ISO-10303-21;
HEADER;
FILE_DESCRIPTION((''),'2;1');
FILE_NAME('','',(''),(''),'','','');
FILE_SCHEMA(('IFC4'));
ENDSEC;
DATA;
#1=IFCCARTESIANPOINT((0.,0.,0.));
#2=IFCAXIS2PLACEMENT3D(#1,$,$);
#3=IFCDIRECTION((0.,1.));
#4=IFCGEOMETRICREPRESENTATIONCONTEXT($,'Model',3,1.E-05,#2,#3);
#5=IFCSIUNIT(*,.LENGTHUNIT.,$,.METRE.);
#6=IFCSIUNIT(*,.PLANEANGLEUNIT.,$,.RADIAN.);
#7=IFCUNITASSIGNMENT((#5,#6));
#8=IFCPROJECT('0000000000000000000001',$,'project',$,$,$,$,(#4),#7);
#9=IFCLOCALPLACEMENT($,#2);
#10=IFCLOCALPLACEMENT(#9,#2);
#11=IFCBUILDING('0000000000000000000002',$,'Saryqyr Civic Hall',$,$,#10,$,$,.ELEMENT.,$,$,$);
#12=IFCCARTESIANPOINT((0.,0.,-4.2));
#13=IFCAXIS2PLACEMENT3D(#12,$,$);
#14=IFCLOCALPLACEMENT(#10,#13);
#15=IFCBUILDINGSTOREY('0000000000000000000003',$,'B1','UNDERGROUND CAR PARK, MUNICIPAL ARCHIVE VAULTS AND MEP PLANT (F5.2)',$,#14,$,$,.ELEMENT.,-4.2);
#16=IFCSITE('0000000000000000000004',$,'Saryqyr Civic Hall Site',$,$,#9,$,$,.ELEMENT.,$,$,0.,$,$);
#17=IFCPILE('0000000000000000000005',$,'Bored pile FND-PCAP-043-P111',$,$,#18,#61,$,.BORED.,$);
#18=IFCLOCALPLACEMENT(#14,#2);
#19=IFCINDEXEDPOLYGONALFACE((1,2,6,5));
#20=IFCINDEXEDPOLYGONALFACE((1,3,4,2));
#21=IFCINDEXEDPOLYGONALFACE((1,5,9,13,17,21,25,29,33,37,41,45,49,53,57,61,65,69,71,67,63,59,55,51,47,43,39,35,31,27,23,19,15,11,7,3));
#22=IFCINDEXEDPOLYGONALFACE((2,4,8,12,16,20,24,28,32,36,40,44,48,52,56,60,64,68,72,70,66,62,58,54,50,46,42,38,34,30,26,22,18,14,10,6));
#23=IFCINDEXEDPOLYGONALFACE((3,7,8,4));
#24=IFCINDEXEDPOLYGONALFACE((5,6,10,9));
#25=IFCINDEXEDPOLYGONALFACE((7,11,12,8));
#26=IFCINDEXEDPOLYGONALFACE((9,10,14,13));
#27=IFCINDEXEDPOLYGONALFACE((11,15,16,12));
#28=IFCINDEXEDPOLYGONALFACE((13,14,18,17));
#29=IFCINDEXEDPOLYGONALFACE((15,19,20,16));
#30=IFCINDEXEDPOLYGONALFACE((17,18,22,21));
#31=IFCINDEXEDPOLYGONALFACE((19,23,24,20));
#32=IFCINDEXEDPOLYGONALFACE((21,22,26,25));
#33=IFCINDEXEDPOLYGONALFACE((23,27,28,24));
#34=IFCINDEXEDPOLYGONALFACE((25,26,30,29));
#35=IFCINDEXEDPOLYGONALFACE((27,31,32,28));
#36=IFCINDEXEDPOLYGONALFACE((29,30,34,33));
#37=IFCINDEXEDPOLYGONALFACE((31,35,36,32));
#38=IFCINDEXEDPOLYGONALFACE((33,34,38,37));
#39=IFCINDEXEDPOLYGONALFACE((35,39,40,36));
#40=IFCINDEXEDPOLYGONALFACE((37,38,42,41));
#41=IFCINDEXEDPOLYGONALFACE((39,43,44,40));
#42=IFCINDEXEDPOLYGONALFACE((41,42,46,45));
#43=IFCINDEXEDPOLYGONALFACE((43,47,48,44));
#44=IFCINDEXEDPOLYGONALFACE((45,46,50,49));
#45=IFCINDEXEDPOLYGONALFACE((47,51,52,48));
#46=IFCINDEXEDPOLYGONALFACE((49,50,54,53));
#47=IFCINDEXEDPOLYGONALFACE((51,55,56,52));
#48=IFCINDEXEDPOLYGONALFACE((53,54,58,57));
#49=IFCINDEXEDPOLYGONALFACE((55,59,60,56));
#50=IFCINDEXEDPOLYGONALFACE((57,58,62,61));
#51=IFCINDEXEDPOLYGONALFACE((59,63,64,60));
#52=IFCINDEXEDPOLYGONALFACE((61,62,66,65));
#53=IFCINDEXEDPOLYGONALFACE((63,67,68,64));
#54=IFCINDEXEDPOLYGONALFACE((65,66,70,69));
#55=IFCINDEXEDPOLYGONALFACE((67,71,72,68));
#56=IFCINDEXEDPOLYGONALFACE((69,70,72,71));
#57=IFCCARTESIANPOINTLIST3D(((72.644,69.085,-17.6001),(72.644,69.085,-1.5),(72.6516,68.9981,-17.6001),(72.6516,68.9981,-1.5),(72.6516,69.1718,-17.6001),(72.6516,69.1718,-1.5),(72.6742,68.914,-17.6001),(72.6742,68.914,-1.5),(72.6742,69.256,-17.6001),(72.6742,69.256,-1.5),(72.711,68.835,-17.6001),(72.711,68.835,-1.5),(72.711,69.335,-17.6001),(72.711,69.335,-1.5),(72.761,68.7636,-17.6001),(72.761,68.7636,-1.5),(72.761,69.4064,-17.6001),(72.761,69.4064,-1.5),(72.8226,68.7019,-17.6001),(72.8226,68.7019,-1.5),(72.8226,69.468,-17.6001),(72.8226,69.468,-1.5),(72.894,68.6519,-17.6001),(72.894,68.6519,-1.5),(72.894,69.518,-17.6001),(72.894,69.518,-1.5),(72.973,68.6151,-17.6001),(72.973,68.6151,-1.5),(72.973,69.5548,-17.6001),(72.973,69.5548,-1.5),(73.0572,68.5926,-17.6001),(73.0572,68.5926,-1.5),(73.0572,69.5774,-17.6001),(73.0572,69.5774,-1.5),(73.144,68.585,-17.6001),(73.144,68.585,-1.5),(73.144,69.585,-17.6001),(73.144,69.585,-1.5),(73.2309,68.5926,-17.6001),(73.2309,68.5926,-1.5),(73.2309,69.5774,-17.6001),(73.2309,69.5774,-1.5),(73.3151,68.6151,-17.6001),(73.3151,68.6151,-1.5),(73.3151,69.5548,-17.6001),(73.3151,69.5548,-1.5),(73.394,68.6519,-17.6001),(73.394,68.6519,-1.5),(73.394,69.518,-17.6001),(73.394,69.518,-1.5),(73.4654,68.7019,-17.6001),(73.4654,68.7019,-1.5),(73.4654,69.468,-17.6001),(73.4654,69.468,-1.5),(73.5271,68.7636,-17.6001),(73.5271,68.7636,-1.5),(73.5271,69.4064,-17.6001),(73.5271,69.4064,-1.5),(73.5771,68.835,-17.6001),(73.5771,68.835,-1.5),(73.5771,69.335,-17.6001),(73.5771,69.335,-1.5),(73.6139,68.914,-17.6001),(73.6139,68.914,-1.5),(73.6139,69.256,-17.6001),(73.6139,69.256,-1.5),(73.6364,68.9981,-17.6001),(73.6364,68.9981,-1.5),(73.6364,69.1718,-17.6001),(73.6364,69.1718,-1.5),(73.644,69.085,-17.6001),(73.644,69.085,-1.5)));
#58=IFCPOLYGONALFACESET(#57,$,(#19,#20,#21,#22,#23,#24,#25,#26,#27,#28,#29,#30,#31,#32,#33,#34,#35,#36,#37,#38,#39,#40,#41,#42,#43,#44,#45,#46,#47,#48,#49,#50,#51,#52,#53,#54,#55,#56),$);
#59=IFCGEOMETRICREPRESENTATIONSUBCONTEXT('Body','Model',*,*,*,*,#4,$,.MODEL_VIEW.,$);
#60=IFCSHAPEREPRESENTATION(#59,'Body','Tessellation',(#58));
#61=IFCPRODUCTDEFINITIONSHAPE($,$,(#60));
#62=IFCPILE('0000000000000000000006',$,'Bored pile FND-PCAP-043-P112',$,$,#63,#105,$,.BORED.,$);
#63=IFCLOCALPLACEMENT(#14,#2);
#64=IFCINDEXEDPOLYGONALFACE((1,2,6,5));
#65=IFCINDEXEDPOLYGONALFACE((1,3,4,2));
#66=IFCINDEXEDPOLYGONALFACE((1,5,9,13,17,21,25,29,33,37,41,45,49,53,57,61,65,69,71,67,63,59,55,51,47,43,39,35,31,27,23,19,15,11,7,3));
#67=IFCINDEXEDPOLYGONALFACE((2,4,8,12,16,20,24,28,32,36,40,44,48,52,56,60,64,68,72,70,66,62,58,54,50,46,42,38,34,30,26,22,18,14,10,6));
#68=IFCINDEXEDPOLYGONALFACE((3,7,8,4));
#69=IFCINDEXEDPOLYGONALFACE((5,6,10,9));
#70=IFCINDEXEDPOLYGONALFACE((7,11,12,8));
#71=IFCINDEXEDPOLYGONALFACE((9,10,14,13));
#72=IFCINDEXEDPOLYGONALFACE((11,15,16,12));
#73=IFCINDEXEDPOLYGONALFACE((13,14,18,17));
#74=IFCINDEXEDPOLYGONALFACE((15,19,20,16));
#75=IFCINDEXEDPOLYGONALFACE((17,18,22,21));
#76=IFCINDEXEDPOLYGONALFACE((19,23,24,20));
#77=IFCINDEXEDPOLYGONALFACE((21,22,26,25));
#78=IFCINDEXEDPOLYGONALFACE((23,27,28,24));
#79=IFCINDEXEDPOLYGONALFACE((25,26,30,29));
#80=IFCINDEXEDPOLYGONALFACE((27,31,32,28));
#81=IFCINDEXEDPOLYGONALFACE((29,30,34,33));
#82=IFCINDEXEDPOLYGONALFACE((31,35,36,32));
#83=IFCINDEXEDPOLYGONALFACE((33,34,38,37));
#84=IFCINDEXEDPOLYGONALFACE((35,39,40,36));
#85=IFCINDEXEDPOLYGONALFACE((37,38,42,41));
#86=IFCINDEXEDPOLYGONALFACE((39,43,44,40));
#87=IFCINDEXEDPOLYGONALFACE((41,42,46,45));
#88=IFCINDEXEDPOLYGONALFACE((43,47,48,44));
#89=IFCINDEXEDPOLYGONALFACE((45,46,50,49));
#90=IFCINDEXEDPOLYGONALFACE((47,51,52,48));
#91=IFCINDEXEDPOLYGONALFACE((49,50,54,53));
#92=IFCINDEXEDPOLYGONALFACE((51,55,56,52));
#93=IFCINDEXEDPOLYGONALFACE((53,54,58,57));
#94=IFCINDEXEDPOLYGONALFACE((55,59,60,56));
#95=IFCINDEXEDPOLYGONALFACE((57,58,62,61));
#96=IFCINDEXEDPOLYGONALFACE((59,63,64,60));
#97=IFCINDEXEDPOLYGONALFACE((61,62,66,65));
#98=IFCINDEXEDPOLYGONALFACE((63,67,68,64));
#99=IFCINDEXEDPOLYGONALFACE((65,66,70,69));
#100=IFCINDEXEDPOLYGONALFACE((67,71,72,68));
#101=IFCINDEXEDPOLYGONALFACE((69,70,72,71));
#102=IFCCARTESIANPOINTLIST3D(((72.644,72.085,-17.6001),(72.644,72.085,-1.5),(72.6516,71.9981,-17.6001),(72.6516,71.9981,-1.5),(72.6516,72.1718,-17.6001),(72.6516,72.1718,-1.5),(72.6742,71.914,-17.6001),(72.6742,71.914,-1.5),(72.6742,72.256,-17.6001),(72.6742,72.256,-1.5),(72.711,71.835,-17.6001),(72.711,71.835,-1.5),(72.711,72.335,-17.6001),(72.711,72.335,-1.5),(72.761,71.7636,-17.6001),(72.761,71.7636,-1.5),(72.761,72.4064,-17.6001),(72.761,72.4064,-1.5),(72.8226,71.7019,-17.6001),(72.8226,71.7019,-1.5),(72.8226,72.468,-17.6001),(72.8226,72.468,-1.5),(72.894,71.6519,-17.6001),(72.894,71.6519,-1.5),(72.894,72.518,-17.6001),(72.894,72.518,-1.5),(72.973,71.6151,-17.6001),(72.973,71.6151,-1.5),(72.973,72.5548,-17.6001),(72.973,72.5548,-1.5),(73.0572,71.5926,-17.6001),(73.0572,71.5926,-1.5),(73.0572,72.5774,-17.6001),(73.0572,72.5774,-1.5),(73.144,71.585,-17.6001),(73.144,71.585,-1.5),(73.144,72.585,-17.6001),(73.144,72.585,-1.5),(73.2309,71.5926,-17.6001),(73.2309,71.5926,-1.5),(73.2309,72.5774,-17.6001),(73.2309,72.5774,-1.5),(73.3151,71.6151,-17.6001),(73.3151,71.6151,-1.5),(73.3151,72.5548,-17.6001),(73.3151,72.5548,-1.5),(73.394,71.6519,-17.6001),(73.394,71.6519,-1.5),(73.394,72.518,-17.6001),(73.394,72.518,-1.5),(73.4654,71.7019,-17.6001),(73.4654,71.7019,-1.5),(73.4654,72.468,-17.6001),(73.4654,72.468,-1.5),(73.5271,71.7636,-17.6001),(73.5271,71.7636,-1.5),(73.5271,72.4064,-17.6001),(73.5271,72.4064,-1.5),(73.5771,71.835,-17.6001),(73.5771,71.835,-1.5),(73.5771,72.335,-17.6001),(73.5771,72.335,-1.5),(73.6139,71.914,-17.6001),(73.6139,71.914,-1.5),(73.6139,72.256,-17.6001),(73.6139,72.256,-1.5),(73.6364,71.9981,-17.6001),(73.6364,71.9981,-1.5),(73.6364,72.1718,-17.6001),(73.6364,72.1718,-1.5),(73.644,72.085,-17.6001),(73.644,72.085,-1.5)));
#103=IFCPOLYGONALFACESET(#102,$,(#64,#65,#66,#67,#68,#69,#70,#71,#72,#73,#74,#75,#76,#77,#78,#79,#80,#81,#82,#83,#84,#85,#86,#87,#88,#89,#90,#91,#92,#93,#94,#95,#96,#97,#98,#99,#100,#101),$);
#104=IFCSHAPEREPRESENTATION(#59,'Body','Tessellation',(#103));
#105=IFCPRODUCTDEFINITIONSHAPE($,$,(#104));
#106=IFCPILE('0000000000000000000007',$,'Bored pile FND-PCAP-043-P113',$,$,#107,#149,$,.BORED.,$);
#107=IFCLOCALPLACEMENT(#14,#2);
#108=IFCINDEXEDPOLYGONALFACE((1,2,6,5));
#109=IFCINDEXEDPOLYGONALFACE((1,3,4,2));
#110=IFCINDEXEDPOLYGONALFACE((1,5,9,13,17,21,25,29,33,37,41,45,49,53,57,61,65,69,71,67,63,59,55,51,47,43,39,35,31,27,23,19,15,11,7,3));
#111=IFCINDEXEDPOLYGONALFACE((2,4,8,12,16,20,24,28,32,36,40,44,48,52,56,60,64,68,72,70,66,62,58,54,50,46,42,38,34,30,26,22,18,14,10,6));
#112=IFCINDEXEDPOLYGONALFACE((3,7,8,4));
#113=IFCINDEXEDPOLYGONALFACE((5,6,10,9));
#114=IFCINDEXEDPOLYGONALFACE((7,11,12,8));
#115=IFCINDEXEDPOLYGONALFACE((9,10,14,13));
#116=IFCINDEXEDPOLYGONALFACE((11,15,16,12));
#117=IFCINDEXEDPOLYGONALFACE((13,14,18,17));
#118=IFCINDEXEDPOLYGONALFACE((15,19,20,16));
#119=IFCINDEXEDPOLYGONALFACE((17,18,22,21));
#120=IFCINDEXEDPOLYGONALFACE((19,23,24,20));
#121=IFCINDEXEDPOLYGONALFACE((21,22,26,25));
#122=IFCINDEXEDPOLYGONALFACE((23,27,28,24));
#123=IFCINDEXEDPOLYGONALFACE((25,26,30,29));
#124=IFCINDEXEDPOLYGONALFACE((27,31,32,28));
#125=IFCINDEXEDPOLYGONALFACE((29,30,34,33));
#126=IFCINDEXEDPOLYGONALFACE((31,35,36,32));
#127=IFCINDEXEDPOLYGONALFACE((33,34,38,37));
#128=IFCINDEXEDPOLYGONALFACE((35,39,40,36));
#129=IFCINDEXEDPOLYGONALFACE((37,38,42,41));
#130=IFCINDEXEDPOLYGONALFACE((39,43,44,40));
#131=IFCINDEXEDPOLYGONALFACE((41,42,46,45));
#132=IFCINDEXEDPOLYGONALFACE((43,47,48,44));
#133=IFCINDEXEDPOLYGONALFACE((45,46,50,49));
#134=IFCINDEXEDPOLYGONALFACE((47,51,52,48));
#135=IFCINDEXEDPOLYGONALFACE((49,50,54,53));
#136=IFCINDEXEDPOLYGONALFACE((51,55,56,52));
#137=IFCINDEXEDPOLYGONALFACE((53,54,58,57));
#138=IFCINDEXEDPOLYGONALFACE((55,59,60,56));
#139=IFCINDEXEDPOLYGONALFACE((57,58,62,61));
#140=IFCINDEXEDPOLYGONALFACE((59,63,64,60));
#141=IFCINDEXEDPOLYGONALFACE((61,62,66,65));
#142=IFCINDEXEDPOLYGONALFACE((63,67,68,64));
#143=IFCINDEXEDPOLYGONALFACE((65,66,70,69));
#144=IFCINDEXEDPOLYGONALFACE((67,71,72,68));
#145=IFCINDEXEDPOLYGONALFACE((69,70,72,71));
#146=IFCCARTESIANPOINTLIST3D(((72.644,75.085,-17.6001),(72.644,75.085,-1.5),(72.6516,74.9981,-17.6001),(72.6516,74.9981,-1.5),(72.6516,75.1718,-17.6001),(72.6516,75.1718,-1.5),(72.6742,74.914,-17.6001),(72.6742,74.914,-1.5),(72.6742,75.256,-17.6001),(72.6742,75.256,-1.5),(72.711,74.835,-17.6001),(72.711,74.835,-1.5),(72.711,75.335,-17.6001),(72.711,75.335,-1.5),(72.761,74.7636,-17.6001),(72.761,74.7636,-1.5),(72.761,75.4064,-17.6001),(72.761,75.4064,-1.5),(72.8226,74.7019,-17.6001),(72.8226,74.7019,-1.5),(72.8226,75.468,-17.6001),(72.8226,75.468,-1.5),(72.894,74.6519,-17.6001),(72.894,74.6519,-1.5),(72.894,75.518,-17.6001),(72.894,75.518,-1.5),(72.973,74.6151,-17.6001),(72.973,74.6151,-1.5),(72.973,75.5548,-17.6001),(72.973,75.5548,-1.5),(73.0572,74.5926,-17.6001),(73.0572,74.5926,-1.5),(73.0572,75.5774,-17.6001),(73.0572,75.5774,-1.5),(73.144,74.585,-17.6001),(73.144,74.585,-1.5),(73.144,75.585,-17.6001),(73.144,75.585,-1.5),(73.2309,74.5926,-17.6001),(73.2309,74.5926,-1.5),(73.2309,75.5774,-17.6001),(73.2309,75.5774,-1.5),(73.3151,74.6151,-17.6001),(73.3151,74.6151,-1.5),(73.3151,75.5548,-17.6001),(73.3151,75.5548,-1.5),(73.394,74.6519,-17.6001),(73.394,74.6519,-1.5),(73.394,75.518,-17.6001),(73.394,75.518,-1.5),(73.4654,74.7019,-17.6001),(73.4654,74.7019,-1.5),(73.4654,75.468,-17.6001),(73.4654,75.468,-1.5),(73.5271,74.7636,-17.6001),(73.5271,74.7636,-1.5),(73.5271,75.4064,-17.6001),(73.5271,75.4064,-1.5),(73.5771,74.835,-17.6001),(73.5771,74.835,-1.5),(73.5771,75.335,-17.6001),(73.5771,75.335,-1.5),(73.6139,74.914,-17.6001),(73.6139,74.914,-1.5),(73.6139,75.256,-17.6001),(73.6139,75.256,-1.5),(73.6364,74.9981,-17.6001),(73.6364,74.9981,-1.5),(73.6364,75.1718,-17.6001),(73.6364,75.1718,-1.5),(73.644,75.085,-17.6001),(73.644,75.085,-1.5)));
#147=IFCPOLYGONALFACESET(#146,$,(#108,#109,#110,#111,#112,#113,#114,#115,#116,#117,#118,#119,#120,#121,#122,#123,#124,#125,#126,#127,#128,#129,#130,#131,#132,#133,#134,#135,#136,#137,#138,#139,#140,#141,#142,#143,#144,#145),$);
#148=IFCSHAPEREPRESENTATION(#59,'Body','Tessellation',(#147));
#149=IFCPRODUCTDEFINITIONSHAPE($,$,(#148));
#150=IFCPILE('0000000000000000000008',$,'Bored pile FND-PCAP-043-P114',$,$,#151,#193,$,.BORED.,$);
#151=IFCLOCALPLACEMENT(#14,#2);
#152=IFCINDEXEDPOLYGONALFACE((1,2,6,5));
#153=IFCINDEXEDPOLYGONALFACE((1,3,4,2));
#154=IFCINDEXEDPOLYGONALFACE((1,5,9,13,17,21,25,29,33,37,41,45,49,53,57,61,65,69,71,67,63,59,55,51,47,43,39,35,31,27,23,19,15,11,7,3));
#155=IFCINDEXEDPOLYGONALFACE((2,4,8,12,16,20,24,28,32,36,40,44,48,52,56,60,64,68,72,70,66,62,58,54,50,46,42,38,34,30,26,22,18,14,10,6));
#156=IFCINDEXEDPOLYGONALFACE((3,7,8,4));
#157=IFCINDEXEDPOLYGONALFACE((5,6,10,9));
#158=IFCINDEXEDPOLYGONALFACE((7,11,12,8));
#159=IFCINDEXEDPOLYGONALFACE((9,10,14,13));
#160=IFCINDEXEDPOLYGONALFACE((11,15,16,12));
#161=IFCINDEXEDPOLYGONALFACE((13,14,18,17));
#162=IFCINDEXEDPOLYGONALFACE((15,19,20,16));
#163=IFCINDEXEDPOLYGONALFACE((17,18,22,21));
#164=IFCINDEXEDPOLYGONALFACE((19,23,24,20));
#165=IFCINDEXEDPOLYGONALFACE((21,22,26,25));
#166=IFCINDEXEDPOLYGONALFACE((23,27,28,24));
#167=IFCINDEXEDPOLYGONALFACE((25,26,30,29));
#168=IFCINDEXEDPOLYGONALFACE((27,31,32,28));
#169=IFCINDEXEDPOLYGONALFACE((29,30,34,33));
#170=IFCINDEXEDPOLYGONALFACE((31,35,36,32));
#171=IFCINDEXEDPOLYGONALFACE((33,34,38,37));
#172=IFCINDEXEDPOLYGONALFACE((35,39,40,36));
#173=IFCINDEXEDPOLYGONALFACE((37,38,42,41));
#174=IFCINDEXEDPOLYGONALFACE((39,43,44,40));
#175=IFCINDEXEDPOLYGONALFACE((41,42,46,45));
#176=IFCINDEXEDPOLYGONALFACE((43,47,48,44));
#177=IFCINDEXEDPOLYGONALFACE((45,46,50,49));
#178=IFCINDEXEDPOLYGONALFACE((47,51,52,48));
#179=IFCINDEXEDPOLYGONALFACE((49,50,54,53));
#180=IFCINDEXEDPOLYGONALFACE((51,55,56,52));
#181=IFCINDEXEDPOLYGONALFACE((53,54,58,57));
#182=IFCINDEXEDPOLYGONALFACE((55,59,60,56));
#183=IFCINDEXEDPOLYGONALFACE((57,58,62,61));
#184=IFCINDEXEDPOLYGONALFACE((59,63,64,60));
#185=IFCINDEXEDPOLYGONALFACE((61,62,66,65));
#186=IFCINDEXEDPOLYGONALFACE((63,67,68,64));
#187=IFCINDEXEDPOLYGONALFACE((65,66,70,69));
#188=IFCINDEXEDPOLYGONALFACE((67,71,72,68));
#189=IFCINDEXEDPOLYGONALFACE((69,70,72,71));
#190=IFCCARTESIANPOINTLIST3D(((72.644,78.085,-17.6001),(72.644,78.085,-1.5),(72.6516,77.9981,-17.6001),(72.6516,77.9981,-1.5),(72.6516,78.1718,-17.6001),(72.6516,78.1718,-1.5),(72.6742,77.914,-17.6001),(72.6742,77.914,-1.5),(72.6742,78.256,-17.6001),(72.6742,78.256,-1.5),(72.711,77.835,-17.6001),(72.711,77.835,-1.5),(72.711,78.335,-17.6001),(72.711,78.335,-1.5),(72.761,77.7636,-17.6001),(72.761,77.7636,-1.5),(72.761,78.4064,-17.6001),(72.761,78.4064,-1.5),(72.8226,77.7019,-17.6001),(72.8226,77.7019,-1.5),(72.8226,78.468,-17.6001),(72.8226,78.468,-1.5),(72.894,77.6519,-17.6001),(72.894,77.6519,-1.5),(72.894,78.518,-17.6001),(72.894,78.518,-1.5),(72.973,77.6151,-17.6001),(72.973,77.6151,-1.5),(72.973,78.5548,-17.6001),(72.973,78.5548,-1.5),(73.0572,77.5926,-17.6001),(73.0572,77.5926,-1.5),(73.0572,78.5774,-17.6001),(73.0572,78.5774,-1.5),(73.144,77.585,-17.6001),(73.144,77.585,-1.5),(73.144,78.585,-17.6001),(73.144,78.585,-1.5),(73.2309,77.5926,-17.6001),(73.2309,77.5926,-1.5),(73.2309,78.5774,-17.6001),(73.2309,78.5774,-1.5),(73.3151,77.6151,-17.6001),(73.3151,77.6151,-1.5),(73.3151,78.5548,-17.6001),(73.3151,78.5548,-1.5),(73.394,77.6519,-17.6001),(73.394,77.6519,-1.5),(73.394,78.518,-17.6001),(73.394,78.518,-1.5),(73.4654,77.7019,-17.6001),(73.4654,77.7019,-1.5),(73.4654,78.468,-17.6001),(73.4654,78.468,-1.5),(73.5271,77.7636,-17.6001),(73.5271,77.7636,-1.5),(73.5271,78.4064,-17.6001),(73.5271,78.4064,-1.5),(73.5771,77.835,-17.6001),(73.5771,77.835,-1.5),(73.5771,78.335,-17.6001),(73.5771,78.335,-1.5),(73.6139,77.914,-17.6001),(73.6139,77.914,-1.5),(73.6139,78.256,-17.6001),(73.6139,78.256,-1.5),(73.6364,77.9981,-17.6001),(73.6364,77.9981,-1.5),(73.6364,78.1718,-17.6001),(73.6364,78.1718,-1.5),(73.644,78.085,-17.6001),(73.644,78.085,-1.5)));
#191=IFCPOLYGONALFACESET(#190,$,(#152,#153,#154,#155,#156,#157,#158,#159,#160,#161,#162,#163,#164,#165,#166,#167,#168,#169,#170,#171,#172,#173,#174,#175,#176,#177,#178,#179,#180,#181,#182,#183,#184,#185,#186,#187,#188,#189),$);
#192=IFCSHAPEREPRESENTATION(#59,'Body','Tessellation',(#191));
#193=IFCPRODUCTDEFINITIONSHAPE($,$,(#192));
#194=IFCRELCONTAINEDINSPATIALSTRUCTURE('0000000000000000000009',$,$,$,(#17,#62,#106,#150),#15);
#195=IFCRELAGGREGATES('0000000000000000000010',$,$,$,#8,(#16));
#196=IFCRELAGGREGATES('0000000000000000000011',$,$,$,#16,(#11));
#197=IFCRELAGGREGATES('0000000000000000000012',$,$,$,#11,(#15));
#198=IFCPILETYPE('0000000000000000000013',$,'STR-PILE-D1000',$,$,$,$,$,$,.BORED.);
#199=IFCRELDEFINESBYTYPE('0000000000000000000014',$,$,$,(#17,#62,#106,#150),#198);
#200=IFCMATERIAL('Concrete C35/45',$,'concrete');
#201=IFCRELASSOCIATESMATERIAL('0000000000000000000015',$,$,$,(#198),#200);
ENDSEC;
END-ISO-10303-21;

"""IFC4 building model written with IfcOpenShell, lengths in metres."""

from ifc_helpers import new_model, si_unit, direction, frame, origin, origin_2d, place, context, subcontext, project, spatial, circle, extrude, material, material_profile, profile_set, type_object, element, save


model = new_model("IFC4")

# Units and contexts
model_context = context("Model", 3, precision=1e-05, world=origin(), true_north=direction((0.0, 1.0)))
body_context = subcontext(model_context, "Body", "Model", "MODEL_VIEW")
ifc_project = project(units=[si_unit("LENGTHUNIT", "METRE"), si_unit("PLANEANGLEUNIT", "RADIAN")], contexts=[model_context])

# Site, building, storey
site_placement = place(None, origin())
site = spatial("IfcSite", under=ifc_project, at=site_placement, Name="Saryqyr Civic Hall Site", CompositionType="ELEMENT", RefElevation=0.0)
building_placement = place(site_placement, origin())
building = spatial("IfcBuilding", under=site, at=building_placement, Name="Saryqyr Civic Hall", CompositionType="ELEMENT")
storey_placement = place(building_placement, frame((0.0, 0.0, -4.2)))
storey = spatial("IfcBuildingStorey", under=building, at=storey_placement, Name="B1", Description="UNDERGROUND CAR PARK, MUNICIPAL ARCHIVE VAULTS AND MEP PLANT (F5.2)", CompositionType="ELEMENT", Elevation=-4.2)

# Piles
ifc_material_1 = material(Name="Concrete C35/45", Category="concrete")
ifc_material_profile_1 = material_profile(ifc_material_1, circle(Radius=0.5, at=origin_2d()), Name="BORED PILE D1000")
ifc_profile_set_1 = profile_set([ifc_material_profile_1], Name="Concrete C35/45")
pile_type = type_object("IfcPileType", Name="STR-PILE-D1000", PredefinedType="BORED", material=ifc_profile_set_1)
for number, where, z_axis, x_axis, name in (
    (1, (73.144, 69.085, -1.5), (0.0, 0.0, -1.0), (1.0, 0.0, 0.0), "Bored pile FND-PCAP-043-P111"),
    (2, (73.144, 72.085, -1.5), (0.0, 0.0, -1.0), (1.0, 0.0, 0.0), "Bored pile FND-PCAP-043-P112"),
    (3, (73.144, 75.085, -1.5), (0.0, 0.0, -1.0), (1.0, 0.0, 0.0), "Bored pile FND-PCAP-043-P113"),
    (4, (73.144, 78.085, -1.5), (0.0, 0.0, -1.0), (1.0, 0.0, 0.0), "Bored pile FND-PCAP-043-P114"),
):
    element("IfcPile", number, at=place(storey_placement, frame(where, z_axis=z_axis, x_axis=x_axis)), inside=storey, type_object=pile_type, Name=name, PredefinedType="BORED", context=body_context, shape_type="SweptSolid", body=[
        extrude(circle(Radius=0.5, at=origin_2d()), origin(), (0.0, 0.0, 1.0), 16.1001),
    ])

save(model, "model.ifc")
